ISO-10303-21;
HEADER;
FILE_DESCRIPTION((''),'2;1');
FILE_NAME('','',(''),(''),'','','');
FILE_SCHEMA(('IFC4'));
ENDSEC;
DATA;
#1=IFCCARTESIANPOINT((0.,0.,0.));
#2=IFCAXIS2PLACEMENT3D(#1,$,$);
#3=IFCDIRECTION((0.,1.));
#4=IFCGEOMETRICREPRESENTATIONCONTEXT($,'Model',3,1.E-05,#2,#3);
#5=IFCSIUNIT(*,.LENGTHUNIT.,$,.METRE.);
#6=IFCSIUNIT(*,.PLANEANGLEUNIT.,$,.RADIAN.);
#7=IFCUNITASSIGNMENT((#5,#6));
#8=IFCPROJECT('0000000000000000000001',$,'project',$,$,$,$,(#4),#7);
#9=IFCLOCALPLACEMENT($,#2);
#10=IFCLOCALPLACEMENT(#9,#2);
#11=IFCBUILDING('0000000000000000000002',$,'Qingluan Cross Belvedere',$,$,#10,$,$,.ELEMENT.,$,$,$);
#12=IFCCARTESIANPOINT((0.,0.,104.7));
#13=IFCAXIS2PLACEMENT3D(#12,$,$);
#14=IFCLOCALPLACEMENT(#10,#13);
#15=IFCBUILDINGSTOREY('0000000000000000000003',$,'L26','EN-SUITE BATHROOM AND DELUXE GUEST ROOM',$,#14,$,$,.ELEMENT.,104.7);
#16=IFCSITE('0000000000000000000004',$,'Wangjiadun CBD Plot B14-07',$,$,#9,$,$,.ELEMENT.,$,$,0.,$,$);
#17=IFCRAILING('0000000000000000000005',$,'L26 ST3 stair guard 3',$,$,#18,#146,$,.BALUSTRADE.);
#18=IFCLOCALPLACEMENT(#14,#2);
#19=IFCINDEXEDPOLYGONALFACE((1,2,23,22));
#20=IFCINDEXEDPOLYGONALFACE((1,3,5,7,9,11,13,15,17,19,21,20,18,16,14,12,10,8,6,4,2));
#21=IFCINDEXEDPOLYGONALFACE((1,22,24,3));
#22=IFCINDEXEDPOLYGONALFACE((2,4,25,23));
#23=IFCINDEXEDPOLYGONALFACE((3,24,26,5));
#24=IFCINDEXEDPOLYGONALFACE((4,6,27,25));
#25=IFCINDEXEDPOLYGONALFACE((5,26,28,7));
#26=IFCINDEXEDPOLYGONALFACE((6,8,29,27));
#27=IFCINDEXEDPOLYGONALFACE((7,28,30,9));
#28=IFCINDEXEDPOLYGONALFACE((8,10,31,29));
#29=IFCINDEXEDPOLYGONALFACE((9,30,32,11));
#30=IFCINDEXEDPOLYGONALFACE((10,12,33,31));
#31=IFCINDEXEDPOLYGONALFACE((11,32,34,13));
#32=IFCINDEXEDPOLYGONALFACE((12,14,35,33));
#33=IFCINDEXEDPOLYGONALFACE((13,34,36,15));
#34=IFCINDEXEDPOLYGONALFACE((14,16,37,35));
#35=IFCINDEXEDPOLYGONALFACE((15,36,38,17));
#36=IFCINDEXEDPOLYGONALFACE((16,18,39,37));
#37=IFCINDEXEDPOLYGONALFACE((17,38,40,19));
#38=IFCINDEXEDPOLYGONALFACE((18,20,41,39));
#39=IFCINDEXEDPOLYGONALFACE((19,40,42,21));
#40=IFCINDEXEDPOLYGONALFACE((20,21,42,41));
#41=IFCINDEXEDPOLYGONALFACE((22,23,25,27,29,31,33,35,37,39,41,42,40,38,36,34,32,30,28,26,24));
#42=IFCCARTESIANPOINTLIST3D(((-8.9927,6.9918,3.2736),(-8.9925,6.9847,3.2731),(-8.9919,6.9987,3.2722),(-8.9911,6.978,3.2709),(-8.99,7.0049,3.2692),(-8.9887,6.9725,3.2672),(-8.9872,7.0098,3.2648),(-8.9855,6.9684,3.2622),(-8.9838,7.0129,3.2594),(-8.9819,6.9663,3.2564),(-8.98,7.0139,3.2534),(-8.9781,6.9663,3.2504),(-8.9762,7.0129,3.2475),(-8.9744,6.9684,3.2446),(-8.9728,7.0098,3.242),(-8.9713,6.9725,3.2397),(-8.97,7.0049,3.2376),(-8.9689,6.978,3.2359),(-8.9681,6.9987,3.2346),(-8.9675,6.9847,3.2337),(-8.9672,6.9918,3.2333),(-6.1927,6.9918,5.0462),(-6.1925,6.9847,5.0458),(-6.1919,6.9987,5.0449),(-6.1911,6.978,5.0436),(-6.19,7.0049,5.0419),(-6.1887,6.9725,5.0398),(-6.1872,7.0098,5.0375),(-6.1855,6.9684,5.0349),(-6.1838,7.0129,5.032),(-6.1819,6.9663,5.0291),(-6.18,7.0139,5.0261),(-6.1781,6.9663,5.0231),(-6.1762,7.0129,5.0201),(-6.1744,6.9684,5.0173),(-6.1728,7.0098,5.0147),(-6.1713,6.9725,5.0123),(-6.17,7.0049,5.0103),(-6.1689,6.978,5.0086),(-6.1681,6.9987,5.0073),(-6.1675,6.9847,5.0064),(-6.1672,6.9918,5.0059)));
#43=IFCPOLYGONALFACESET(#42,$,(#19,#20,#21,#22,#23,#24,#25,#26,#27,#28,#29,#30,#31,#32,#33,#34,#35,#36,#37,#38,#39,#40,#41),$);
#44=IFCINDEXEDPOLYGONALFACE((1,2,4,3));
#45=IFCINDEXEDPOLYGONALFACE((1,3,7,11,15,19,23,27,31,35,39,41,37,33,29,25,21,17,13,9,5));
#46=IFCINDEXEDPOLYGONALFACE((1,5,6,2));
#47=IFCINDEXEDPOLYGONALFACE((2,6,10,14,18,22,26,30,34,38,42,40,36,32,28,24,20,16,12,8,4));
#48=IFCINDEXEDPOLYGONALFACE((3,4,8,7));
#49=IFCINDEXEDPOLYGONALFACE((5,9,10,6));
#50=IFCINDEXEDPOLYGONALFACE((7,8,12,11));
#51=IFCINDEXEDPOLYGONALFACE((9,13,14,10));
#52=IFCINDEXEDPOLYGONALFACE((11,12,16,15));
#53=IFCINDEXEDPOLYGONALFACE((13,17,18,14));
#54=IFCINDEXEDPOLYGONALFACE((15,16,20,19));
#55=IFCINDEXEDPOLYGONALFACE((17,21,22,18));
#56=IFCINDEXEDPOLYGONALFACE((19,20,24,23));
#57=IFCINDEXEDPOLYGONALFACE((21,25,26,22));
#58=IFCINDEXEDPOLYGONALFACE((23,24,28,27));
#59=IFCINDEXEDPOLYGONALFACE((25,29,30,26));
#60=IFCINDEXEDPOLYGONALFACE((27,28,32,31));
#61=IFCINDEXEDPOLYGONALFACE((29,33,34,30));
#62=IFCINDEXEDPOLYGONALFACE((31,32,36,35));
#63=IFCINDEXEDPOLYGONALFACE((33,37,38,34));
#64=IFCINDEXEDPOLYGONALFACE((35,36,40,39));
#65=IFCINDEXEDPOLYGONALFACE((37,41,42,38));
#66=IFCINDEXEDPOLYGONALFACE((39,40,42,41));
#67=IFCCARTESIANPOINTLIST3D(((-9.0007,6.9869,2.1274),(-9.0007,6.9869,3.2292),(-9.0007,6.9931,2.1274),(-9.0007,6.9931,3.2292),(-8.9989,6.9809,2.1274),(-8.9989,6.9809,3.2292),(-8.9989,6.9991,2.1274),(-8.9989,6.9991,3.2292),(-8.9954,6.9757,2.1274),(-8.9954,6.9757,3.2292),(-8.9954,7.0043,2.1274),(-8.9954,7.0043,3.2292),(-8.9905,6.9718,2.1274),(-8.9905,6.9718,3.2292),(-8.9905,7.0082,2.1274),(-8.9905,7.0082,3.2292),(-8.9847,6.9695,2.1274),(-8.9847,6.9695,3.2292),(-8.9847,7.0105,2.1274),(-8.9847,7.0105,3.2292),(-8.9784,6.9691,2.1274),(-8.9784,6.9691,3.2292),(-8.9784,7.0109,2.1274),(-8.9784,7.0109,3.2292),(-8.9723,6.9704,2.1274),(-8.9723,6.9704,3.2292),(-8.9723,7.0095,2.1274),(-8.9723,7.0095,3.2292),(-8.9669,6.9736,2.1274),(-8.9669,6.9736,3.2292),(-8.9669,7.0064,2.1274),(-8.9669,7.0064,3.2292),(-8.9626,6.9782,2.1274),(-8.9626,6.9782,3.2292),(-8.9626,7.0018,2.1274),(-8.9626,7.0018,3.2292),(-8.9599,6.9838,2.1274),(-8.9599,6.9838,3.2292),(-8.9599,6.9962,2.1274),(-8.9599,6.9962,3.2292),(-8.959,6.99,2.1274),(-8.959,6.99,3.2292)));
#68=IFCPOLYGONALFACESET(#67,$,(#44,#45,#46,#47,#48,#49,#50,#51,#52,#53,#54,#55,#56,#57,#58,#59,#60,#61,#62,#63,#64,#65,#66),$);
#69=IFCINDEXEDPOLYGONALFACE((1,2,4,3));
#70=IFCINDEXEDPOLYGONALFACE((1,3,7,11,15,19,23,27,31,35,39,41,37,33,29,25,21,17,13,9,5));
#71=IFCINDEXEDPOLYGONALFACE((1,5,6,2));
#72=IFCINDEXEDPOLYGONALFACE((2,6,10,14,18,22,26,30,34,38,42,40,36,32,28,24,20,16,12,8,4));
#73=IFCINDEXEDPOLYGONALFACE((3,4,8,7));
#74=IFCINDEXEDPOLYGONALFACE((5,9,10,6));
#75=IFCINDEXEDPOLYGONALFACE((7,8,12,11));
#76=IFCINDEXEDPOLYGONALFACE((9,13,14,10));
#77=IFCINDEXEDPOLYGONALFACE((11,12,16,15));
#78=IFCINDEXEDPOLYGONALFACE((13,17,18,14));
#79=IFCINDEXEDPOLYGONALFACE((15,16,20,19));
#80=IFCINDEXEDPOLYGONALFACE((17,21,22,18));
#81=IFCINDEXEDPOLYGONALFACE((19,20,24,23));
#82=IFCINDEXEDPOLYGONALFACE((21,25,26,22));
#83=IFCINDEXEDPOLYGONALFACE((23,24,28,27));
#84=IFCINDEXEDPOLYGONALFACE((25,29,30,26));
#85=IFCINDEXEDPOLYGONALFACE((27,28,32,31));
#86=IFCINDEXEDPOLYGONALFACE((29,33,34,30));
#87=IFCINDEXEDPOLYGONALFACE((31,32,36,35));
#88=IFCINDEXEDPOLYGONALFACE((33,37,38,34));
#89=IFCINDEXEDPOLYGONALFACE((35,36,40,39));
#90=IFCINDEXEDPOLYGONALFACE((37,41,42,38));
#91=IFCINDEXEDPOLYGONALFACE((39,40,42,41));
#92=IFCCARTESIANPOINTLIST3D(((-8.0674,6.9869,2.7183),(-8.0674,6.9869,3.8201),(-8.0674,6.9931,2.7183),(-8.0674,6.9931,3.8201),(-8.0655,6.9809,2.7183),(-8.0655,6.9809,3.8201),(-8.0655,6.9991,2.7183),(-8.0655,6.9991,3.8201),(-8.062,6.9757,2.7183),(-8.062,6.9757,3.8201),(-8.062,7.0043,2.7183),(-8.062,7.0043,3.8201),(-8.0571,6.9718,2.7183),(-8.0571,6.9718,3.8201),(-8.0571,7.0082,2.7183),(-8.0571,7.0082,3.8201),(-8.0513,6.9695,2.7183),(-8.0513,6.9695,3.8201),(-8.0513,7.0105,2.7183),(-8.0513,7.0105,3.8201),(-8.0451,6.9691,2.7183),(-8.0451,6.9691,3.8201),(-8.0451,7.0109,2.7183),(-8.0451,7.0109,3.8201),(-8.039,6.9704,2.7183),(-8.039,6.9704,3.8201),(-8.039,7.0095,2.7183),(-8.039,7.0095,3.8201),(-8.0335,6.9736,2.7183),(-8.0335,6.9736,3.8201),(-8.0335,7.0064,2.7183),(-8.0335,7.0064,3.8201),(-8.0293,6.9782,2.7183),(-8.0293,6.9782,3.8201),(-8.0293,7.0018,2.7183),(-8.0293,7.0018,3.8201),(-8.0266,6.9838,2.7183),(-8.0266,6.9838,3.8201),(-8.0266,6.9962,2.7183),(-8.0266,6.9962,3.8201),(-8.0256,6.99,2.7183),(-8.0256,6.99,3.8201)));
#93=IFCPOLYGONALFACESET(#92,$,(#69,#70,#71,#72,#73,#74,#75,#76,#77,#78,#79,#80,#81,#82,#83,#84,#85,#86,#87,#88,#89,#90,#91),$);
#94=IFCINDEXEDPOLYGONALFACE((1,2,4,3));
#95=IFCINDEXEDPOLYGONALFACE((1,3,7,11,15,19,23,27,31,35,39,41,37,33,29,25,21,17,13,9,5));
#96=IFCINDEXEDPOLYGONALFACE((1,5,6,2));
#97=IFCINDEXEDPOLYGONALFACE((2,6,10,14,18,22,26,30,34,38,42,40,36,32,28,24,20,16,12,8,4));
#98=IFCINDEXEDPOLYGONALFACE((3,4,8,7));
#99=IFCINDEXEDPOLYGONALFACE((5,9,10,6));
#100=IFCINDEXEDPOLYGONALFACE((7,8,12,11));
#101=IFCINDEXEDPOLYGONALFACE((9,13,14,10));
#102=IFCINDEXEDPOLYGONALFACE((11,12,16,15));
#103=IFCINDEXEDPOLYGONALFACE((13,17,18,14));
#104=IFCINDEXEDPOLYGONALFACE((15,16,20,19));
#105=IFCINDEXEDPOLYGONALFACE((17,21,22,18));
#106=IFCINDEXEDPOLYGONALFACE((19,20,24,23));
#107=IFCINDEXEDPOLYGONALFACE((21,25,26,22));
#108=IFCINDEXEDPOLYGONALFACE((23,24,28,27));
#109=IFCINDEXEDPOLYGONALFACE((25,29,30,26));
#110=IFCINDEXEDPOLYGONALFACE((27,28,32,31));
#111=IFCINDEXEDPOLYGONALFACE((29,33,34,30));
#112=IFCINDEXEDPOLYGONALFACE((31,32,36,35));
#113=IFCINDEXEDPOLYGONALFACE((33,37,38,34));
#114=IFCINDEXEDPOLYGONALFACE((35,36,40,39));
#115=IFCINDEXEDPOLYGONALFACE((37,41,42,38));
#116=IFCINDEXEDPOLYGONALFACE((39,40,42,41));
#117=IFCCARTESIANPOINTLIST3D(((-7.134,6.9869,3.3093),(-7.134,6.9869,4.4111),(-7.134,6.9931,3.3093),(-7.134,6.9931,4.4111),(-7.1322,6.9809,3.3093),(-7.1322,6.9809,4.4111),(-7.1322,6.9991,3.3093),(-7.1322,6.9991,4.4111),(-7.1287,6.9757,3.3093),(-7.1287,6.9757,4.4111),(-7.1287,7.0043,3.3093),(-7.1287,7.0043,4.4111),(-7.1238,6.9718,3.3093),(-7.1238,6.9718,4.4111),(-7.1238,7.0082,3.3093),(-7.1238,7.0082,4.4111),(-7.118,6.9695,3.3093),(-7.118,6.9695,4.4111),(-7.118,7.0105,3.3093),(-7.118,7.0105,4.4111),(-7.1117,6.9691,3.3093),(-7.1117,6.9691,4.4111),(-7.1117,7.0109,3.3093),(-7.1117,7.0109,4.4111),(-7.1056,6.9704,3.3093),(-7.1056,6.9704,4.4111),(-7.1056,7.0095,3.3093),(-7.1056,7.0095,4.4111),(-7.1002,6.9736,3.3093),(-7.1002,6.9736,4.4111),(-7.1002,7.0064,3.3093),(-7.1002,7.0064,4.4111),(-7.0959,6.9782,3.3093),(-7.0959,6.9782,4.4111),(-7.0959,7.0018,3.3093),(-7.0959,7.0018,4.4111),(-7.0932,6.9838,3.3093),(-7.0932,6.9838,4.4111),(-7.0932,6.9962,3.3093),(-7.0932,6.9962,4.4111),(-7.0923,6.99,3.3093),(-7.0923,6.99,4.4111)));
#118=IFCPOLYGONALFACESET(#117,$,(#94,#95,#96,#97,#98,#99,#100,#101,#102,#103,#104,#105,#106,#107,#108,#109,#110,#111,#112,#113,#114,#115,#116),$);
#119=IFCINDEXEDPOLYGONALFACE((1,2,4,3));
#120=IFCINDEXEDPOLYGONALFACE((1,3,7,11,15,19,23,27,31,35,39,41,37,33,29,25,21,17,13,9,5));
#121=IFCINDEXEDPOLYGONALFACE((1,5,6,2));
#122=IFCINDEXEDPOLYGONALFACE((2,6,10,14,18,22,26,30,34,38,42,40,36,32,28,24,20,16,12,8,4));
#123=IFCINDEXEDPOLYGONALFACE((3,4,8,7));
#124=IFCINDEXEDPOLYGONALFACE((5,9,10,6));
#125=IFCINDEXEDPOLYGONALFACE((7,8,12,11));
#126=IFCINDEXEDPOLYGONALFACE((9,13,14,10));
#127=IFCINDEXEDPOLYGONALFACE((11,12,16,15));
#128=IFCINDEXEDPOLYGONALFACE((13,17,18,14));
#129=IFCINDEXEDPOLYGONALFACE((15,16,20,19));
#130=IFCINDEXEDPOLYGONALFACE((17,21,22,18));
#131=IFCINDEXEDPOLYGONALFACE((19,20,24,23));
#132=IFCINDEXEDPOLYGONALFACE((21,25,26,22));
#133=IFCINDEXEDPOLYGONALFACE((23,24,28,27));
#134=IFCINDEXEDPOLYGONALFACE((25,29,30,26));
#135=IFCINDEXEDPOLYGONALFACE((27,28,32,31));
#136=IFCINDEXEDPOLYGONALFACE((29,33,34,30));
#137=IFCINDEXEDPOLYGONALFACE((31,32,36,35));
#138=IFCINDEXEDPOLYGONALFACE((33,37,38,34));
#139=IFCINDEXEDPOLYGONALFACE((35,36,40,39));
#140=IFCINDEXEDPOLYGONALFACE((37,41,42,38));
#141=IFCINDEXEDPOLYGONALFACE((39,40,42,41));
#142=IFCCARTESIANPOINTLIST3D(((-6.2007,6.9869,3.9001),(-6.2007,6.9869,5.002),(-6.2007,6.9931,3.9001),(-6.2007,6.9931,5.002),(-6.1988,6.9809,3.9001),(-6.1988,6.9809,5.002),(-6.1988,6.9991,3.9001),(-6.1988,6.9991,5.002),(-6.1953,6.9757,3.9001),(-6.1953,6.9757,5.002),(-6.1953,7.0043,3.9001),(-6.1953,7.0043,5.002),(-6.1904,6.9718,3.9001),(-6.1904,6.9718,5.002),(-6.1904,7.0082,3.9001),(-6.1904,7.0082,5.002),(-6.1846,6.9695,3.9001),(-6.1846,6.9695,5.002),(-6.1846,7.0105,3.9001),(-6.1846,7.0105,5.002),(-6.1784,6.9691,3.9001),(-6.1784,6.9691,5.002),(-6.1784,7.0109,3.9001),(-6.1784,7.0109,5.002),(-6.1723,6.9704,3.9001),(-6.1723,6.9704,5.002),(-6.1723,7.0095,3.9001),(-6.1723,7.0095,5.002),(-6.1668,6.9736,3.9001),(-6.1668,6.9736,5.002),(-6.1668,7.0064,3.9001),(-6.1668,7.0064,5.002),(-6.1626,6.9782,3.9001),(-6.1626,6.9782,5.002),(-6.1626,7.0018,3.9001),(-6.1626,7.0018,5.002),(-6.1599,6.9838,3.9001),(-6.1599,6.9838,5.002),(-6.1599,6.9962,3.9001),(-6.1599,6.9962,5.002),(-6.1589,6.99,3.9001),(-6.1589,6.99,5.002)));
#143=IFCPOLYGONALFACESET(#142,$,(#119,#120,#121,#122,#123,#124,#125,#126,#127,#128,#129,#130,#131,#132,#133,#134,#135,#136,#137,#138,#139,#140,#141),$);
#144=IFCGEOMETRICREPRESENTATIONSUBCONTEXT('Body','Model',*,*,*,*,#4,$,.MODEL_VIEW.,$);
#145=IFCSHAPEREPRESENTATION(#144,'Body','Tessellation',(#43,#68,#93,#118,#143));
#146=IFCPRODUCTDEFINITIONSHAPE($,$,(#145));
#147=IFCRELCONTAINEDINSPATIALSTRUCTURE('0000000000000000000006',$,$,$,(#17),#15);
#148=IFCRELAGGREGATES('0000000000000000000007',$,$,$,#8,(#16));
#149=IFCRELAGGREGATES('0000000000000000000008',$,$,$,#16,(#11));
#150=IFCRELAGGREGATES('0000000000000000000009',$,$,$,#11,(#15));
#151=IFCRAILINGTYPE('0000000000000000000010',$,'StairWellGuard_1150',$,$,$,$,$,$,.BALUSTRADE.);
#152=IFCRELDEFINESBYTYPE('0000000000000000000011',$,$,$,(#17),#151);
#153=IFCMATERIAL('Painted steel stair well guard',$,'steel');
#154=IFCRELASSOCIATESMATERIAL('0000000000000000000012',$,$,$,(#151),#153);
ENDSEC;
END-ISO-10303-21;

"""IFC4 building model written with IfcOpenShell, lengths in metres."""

from ifc_helpers import new_model, si_unit, direction, frame, origin, origin_2d, place, context, subcontext, project, spatial, circle, extrude, material, type_object, element, save


model = new_model("IFC4")

# Units and contexts
model_context = context("Model", 3, precision=1e-05, world=origin(), true_north=direction((0.0, 1.0)))
body_context = subcontext(model_context, "Body", "Model", "MODEL_VIEW")
ifc_project = project(units=[si_unit("LENGTHUNIT", "METRE"), si_unit("PLANEANGLEUNIT", "RADIAN")], contexts=[model_context])

# Site, building, storey
site_placement = place(None, origin())
site = spatial("IfcSite", under=ifc_project, at=site_placement, Name="Wangjiadun CBD Plot B14-07", CompositionType="ELEMENT", RefElevation=0.0)
building_placement = place(site_placement, origin())
building = spatial("IfcBuilding", under=site, at=building_placement, Name="Qingluan Cross Belvedere", CompositionType="ELEMENT")
storey_placement = place(building_placement, frame((0.0, 0.0, 104.7)))
storey = spatial("IfcBuildingStorey", under=building, at=storey_placement, Name="L26", Description="EN-SUITE BATHROOM AND DELUXE GUEST ROOM", CompositionType="ELEMENT", Elevation=104.7)

# Railing
ifc_material_1 = material(Name="Painted steel stair well guard", Category="steel")
railing_type_1 = type_object("IfcRailingType", Name="StairWellGuard_1150", PredefinedType="BALUSTRADE", material=ifc_material_1)
railing_1_placement = place(storey_placement, frame((-8.98, 6.99, 2.1274)))
element("IfcRailing", 1, at=railing_1_placement, inside=storey, type_object=railing_type_1, Name="L26 ST3 stair guard 3", PredefinedType="BALUSTRADE", context=body_context, shape_type="SweptSolid", body=[
    extrude(circle(Radius=0.0239, at=origin_2d()), frame((0.0, 0.0, 1.126), z_axis=(0.844909, 0.0, 0.53491), x_axis=(0.0, 1.0, 0.0)), (0.0, 0.0, 1.0), 3.314),
    extrude(circle(Radius=0.021, at=origin_2d()), origin(), (0.0, 0.0, 1.0), 1.1018),
    extrude(circle(Radius=0.021, at=origin_2d()), frame((0.9333, 0.0, 0.5908)), (0.0, 0.0, 1.0), 1.1018),
    extrude(circle(Radius=0.021, at=origin_2d()), frame((1.8667, 0.0, 1.1819)), (0.0, 0.0, 1.0), 1.1018),
    extrude(circle(Radius=0.021, at=origin_2d()), frame((2.8, 0.0, 1.7727)), (0.0, 0.0, 1.0), 1.1018),
])

save(model, "model.ifc")
